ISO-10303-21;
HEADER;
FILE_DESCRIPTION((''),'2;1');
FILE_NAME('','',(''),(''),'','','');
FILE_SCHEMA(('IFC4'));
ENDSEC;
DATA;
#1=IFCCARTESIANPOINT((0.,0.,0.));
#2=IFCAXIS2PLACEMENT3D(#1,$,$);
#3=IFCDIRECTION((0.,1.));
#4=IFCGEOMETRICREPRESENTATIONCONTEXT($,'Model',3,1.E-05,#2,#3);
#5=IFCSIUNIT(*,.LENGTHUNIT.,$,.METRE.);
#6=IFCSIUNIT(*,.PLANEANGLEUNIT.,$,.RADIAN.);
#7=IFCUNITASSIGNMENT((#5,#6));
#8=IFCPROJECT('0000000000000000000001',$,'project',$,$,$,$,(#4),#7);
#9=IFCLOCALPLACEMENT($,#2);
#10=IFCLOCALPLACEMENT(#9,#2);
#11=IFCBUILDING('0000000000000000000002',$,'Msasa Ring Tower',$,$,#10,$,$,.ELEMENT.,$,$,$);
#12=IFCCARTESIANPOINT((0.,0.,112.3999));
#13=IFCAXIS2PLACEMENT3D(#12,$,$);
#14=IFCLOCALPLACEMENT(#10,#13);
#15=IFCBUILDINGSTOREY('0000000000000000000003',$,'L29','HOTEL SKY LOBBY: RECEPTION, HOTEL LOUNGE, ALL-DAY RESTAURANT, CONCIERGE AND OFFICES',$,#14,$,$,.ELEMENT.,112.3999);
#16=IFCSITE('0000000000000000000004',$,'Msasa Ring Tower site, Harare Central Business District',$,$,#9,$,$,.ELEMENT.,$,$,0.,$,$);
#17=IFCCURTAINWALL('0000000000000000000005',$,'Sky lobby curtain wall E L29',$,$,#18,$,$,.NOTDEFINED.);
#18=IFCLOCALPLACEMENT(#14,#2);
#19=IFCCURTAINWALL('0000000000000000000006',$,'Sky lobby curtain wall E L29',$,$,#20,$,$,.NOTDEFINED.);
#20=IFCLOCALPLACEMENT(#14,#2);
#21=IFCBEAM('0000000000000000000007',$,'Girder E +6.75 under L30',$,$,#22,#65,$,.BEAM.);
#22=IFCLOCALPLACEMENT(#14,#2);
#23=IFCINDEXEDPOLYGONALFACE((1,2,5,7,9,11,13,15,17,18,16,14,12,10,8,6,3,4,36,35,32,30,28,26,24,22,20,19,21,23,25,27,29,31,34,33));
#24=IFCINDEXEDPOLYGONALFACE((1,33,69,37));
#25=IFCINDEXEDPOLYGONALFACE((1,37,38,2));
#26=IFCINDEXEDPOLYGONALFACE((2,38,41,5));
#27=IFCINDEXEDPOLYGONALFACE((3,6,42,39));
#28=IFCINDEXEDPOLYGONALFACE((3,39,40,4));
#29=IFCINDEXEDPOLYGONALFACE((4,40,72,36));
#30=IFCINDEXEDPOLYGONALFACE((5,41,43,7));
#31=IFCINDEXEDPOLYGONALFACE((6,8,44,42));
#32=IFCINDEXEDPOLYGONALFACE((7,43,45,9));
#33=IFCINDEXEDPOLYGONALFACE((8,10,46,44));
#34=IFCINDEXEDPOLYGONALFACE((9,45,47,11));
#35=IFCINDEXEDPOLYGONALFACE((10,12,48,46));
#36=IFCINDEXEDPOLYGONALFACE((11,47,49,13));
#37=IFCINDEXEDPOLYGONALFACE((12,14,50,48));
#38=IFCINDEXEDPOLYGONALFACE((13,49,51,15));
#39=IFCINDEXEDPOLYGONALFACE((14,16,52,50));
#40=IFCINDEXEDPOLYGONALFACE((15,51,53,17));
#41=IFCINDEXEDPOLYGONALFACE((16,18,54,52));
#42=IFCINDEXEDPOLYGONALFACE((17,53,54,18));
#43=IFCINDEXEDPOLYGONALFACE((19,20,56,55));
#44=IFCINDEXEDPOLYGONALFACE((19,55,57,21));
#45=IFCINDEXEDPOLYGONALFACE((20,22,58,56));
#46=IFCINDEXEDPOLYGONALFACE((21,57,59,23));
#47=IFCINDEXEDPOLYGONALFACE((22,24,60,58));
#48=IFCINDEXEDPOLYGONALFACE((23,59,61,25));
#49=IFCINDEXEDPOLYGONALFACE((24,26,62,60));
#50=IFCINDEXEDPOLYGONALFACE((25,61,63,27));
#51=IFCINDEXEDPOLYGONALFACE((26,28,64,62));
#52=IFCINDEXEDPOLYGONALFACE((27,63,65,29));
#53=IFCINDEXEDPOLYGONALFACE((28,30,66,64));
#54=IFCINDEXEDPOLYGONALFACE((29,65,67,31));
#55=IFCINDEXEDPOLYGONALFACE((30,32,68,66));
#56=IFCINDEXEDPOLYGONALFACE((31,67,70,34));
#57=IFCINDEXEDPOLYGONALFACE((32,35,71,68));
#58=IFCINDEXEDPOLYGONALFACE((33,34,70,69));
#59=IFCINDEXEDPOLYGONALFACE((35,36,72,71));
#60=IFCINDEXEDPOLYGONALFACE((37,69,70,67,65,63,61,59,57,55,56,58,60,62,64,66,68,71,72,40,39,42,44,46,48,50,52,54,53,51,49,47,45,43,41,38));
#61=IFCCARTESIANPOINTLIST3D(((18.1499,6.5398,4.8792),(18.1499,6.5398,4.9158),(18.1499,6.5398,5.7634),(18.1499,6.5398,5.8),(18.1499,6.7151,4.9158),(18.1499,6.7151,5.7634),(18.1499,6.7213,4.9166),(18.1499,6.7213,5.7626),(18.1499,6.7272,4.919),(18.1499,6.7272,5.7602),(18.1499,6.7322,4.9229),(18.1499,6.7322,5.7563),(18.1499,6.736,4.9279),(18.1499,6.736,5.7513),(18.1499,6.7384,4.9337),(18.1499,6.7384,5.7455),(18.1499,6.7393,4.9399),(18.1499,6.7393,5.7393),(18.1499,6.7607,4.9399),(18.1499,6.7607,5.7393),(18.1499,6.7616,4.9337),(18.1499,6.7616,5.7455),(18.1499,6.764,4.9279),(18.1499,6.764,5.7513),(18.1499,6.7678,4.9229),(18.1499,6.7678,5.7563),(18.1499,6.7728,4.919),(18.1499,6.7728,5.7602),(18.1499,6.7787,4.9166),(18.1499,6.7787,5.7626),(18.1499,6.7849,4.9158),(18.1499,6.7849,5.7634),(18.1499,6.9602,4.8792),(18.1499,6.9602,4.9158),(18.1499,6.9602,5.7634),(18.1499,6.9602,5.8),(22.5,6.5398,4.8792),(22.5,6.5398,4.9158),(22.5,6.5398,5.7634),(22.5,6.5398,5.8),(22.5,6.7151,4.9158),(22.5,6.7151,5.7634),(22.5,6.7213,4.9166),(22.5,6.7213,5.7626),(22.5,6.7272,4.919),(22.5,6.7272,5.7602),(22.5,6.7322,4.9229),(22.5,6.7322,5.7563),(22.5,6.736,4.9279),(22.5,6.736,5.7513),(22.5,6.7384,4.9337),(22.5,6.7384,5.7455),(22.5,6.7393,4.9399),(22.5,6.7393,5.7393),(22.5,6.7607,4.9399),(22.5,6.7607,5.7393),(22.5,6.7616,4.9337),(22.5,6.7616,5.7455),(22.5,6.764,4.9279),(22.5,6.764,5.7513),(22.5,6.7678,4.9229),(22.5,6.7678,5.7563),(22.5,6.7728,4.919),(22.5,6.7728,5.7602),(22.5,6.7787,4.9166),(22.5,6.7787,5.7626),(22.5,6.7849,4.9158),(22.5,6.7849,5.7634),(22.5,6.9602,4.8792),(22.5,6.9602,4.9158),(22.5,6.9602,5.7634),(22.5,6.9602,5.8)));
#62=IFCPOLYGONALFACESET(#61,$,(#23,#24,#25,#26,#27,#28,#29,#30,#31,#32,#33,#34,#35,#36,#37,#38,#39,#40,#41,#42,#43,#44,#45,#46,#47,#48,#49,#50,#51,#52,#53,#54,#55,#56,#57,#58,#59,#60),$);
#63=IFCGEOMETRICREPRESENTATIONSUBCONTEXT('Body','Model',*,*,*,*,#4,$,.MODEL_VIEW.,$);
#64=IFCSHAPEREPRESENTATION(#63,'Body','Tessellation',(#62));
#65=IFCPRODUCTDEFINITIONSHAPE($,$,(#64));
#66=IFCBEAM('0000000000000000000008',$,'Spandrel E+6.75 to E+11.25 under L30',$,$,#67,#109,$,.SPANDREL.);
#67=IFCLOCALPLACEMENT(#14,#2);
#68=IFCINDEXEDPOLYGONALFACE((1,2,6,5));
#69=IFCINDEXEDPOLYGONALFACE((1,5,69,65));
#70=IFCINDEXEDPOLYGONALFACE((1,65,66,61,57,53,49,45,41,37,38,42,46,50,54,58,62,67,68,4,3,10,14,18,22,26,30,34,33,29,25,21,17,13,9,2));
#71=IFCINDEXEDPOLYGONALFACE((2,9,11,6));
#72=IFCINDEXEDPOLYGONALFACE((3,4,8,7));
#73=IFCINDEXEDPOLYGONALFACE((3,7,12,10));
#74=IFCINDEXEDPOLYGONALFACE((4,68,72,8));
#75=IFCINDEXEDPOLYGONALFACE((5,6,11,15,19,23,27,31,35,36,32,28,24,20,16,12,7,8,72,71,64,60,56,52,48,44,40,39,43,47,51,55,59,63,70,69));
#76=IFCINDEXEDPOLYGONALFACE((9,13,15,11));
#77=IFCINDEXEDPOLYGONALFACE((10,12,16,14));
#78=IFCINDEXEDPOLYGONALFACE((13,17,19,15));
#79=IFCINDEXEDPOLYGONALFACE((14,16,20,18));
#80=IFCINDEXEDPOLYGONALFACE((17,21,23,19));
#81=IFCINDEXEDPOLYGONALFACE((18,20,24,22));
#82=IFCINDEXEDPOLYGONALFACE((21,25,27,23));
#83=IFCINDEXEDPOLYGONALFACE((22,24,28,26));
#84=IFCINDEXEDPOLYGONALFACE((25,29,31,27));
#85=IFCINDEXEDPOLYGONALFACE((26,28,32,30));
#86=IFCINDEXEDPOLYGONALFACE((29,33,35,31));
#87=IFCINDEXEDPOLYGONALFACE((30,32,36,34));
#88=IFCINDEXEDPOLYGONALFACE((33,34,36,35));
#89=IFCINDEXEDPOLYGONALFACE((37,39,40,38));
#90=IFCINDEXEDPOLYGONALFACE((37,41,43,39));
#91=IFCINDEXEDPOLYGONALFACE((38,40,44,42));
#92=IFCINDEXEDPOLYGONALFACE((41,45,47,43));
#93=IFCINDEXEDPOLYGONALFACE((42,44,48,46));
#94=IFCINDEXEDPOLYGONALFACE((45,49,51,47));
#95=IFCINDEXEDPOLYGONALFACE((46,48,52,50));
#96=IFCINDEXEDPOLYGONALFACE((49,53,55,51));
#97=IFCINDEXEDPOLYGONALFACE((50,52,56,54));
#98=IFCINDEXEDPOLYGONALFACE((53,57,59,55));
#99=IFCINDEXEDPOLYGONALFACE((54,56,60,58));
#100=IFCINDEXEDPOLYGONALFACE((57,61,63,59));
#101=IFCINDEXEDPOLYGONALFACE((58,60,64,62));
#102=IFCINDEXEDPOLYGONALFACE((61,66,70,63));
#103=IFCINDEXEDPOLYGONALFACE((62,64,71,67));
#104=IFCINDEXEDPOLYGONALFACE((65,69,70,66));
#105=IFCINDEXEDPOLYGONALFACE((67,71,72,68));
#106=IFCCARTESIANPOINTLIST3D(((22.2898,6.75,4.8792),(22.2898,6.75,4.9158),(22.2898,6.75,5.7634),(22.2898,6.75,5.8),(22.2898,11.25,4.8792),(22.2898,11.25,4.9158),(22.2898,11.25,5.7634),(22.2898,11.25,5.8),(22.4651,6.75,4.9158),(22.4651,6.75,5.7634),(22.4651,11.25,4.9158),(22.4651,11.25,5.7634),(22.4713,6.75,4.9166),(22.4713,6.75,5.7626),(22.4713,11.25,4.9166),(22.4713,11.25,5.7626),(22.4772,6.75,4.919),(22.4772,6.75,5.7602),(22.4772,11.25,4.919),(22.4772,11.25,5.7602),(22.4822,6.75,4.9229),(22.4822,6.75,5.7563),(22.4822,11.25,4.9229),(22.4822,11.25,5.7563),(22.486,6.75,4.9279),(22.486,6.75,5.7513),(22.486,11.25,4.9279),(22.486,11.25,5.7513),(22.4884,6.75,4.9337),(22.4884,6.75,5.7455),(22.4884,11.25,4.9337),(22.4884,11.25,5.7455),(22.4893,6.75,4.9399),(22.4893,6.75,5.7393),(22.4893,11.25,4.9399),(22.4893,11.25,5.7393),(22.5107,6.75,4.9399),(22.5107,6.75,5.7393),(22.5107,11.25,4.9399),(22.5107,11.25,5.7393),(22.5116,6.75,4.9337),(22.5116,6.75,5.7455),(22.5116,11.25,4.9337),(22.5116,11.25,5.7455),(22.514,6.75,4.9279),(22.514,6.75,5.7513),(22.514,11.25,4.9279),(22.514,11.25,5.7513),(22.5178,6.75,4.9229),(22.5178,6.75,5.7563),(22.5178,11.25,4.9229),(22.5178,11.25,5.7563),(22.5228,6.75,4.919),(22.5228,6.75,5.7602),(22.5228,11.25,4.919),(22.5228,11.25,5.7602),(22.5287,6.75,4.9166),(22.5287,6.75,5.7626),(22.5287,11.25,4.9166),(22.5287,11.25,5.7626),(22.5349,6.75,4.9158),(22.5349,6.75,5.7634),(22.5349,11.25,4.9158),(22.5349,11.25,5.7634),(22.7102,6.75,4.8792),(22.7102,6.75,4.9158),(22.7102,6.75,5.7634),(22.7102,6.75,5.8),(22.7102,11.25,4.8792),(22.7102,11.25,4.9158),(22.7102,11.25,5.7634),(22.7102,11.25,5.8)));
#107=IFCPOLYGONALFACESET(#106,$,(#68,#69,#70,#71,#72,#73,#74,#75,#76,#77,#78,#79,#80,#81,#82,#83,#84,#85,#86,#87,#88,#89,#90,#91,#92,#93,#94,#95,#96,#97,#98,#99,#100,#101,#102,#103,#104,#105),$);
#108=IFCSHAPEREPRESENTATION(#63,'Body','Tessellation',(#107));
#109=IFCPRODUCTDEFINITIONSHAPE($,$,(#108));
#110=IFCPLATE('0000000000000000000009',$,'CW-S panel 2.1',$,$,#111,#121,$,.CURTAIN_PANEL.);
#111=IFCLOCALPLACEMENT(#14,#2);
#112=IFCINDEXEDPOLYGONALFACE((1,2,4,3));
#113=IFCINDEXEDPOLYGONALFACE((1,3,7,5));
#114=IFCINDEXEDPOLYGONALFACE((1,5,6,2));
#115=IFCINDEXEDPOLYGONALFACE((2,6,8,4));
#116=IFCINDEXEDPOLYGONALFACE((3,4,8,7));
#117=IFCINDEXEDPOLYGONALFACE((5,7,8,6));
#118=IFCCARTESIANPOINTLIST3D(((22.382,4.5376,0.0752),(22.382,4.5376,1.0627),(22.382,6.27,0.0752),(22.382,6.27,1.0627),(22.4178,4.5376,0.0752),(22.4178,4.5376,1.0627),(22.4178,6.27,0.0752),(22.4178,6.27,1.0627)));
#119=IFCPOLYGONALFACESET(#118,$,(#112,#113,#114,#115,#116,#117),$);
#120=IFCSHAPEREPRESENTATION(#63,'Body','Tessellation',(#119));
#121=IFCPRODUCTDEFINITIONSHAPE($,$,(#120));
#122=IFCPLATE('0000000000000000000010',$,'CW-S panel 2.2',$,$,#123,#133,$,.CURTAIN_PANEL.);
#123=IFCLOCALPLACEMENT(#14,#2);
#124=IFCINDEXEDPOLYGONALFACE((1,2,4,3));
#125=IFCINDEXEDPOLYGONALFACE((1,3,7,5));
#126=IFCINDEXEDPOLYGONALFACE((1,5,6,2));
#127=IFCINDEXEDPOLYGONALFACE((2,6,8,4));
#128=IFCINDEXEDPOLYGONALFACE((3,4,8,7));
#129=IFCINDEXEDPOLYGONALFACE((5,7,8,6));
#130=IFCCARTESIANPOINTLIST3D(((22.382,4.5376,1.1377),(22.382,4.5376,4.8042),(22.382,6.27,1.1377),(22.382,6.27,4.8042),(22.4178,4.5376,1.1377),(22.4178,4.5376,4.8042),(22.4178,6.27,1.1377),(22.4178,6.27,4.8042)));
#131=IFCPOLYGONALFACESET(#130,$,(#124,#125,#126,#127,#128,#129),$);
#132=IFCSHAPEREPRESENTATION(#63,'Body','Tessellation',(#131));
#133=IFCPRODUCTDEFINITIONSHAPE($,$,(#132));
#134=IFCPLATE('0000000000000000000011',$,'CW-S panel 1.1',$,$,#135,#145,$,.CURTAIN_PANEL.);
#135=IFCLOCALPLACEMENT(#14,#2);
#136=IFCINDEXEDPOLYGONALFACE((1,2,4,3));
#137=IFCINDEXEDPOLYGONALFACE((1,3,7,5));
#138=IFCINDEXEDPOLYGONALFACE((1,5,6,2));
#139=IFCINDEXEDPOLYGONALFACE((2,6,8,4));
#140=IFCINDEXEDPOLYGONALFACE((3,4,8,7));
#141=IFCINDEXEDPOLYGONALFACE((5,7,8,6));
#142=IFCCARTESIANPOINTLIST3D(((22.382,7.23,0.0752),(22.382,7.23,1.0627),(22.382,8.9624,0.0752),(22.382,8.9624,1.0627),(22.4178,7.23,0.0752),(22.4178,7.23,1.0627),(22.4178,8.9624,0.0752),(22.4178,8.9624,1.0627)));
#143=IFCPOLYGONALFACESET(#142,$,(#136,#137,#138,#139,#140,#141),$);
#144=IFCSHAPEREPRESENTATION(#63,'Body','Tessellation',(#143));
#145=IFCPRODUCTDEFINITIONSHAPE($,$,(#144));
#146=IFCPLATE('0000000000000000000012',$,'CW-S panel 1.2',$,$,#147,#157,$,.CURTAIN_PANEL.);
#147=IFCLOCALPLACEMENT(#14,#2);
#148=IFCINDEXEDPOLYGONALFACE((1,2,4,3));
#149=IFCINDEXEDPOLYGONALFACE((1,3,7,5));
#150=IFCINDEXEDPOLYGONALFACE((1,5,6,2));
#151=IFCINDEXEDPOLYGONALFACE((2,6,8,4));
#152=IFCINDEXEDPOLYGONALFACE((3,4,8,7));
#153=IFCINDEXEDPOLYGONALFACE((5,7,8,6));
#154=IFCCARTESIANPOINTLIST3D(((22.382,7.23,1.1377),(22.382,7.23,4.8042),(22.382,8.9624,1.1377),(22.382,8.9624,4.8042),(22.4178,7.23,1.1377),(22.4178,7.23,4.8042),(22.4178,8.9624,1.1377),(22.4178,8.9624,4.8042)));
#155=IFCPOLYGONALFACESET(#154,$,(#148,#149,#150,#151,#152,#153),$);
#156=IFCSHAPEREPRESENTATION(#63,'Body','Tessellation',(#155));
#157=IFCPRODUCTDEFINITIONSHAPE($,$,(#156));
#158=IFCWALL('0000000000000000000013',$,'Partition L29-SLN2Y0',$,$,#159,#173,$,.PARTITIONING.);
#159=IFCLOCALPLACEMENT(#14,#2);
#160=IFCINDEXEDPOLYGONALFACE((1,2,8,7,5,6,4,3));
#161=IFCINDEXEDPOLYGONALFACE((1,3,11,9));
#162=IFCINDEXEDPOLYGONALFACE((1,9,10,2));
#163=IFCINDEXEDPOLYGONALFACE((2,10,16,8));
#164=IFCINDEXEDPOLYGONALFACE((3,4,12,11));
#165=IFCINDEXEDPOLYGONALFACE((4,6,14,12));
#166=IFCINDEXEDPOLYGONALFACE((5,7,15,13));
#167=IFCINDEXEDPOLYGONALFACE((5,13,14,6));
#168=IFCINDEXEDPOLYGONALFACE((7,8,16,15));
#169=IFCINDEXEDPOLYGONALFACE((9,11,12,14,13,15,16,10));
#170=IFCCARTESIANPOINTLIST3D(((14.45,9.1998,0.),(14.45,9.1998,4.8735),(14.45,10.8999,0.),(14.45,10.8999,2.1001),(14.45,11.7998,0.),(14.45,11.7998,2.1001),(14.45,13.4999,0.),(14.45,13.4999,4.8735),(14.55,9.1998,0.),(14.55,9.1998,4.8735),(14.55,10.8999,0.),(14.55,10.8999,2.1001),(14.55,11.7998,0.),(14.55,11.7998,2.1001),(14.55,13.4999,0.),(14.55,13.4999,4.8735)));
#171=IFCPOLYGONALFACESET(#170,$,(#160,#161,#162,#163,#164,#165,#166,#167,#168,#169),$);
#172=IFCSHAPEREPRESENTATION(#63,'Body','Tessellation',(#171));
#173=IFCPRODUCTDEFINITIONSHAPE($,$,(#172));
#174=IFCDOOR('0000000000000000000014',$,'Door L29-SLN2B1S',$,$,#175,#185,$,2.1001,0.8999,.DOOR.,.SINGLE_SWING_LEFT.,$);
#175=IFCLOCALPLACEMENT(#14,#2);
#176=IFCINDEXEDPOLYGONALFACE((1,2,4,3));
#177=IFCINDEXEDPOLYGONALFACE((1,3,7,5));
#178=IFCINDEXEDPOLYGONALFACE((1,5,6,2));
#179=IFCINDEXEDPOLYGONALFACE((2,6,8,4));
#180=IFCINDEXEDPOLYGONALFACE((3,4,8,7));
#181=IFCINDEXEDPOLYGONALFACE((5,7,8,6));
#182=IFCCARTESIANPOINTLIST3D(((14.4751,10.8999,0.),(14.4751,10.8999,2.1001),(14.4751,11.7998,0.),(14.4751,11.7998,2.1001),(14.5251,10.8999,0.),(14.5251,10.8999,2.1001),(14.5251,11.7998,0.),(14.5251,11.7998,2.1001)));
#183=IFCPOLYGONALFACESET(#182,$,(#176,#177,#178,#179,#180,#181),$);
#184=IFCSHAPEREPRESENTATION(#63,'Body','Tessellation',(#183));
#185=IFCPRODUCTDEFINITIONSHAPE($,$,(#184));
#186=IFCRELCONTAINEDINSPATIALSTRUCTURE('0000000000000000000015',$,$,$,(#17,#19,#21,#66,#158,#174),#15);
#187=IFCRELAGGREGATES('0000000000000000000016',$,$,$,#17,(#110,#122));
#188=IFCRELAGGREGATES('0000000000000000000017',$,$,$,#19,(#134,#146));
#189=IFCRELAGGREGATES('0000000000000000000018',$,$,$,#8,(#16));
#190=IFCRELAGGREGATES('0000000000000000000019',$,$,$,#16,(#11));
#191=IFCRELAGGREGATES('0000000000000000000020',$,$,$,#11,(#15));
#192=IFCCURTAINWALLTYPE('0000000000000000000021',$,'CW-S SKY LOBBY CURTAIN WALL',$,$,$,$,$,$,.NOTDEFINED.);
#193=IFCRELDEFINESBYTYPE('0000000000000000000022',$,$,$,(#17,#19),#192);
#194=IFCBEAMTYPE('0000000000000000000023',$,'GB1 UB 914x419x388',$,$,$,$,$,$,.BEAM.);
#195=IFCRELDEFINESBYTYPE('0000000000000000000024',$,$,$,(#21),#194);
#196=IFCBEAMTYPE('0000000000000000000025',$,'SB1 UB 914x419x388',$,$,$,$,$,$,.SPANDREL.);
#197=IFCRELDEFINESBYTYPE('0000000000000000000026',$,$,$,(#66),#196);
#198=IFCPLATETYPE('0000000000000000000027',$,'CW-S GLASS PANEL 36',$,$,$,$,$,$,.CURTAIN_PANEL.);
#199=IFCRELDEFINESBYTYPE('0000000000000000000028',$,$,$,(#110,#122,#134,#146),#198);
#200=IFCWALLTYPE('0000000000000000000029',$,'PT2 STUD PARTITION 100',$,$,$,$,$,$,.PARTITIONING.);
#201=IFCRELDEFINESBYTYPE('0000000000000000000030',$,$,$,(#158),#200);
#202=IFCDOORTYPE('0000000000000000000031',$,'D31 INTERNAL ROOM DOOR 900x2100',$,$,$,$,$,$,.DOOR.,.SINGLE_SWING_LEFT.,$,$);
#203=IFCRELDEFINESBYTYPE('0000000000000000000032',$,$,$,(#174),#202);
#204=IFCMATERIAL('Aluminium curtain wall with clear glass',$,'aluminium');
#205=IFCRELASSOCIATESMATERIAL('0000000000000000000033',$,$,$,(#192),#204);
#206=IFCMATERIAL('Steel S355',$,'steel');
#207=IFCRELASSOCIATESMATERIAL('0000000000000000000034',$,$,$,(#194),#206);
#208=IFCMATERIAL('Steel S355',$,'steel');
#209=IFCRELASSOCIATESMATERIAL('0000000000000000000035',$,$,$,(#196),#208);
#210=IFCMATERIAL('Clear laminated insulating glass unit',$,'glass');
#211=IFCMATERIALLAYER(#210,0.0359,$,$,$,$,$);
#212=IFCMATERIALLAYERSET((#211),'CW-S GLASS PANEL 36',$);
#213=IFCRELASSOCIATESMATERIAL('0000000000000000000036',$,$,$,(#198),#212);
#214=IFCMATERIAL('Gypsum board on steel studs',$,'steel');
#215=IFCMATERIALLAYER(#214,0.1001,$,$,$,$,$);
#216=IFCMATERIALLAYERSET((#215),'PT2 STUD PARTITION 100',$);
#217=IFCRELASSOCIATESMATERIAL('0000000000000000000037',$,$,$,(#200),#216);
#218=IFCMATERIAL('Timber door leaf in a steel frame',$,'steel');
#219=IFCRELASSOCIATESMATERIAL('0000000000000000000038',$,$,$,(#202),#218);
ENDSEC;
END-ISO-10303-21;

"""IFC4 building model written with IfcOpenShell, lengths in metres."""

from ifc_helpers import new_model, si_unit, direction, frame, frame_2d, origin, origin_2d, place, context, subcontext, project, spatial, rectangle, i_section, extrude, material, layer, layer_set, material_profile, profile_set, type_object, element, fill, aggregate, save


model = new_model("IFC4")

# Units and contexts
model_context = context("Model", 3, precision=1e-05, world=origin(), true_north=direction((0.0, 1.0)))
body_context = subcontext(model_context, "Body", "Model", "MODEL_VIEW")
ifc_project = project(units=[si_unit("LENGTHUNIT", "METRE"), si_unit("PLANEANGLEUNIT", "RADIAN")], contexts=[model_context])

# Site, building, storey
site_placement = place(None, origin())
site = spatial("IfcSite", under=ifc_project, at=site_placement, Name="Msasa Ring Tower site, Harare Central Business District", CompositionType="ELEMENT", RefElevation=0.0)
building_placement = place(site_placement, origin())
building = spatial("IfcBuilding", under=site, at=building_placement, Name="Msasa Ring Tower", CompositionType="ELEMENT")
storey_placement = place(building_placement, frame((0.0, 0.0, 112.3999)))
storey = spatial("IfcBuildingStorey", under=building, at=storey_placement, Name="L29", Description="HOTEL SKY LOBBY: RECEPTION, HOTEL LOUNGE, ALL-DAY RESTAURANT, CONCIERGE AND OFFICES", CompositionType="ELEMENT", Elevation=112.3999)

# Curtain walls
ifc_material_1 = material(Name="Aluminium curtain wall with clear glass", Category="aluminium")
curtain_wall_type = type_object("IfcCurtainWallType", Name="CW-S SKY LOBBY CURTAIN WALL", PredefinedType="NOTDEFINED", material=ifc_material_1)
curtain_wall_1_placement = place(storey_placement, origin())
curtain_wall_1 = element("IfcCurtainWall", 1, at=curtain_wall_1_placement, inside=storey, type_object=curtain_wall_type, Name="Sky lobby curtain wall E L29", PredefinedType="NOTDEFINED")
curtain_wall_2_placement = place(storey_placement, origin())
curtain_wall_2 = element("IfcCurtainWall", 2, at=curtain_wall_2_placement, inside=storey, type_object=curtain_wall_type, Name="Sky lobby curtain wall E L29", PredefinedType="NOTDEFINED")

# Beams
ifc_material_2 = material(Name="Steel S355", Category="steel")
ifc_material_profile_1 = material_profile(ifc_material_2, i_section(OverallWidth=0.4204, OverallDepth=0.9209, WebThickness=0.0215, FlangeThickness=0.0366, FilletRadius=0.0242, at=origin_2d()), Name="UB 914x419x388")
ifc_profile_set_1 = profile_set([ifc_material_profile_1], Name="Steel S355")
beam_type_1 = type_object("IfcBeamType", Name="GB1 UB 914x419x388", PredefinedType="BEAM", material=ifc_profile_set_1)
beam_1_placement = place(storey_placement, frame((18.1499, 6.75, 5.3396), z_axis=(1.0, 0.0, 0.0), x_axis=(0.0, 1.0, 0.0)))
element("IfcBeam", 3, at=beam_1_placement, inside=storey, type_object=beam_type_1, Name="Girder E +6.75 under L30", PredefinedType="BEAM", context=body_context, shape_type="SweptSolid", body=[
    extrude(i_section(OverallWidth=0.4204, OverallDepth=0.9209, WebThickness=0.0215, FlangeThickness=0.0366, FilletRadius=0.0242, at=origin_2d()), origin(), (0.0, 0.0, 1.0), 4.3501),
])
ifc_material_3 = material(Name="Steel S355", Category="steel")
ifc_material_profile_2 = material_profile(ifc_material_3, i_section(OverallWidth=0.4204, OverallDepth=0.9209, WebThickness=0.0215, FlangeThickness=0.0366, FilletRadius=0.0242, at=origin_2d()), Name="UB 914x419x388")
ifc_profile_set_2 = profile_set([ifc_material_profile_2], Name="Steel S355")
beam_type_2 = type_object("IfcBeamType", Name="SB1 UB 914x419x388", PredefinedType="SPANDREL", material=ifc_profile_set_2)
beam_2_placement = place(storey_placement, frame((22.5, 6.75, 5.3396), z_axis=(0.0, 1.0, 0.0), x_axis=(-1.0, 0.0, 0.0)))
element("IfcBeam", 4, at=beam_2_placement, inside=storey, type_object=beam_type_2, Name="Spandrel E+6.75 to E+11.25 under L30", PredefinedType="SPANDREL", context=body_context, shape_type="SweptSolid", body=[
    extrude(i_section(OverallWidth=0.4204, OverallDepth=0.9209, WebThickness=0.0215, FlangeThickness=0.0366, FilletRadius=0.0242, at=origin_2d()), origin(), (0.0, 0.0, 1.0), 4.5),
])

# Plates
ifc_material_4 = material(Name="Clear laminated insulating glass unit", Category="glass")
ifc_layer_1 = layer(ifc_material_4, 0.0359)
ifc_layer_set_1 = layer_set([ifc_layer_1], Name="CW-S GLASS PANEL 36")
plate_type = type_object("IfcPlateType", Name="CW-S GLASS PANEL 36", PredefinedType="CURTAIN_PANEL", material=ifc_layer_set_1)
plate_1_placement = place(storey_placement, frame((22.3999, 5.4038, 0.0752), z_axis=(0.0, 0.0, 1.0), x_axis=(0.0, 1.0, 0.0)))
plate_1 = element("IfcPlate", 5, at=plate_1_placement, type_object=plate_type, Name="CW-S panel 2.1", PredefinedType="CURTAIN_PANEL", context=body_context, shape_type="SweptSolid", body=[
    extrude(rectangle(XDim=1.7324, YDim=0.0359, at=origin_2d()), origin(), (0.0, 0.0, 1.0), 0.9875),
])
plate_2_placement = place(storey_placement, frame((22.3999, 5.4038, 1.1377), z_axis=(0.0, 0.0, 1.0), x_axis=(0.0, 1.0, 0.0)))
plate_2 = element("IfcPlate", 6, at=plate_2_placement, type_object=plate_type, Name="CW-S panel 2.2", PredefinedType="CURTAIN_PANEL", context=body_context, shape_type="SweptSolid", body=[
    extrude(rectangle(XDim=1.7324, YDim=0.0359, at=origin_2d()), origin(), (0.0, 0.0, 1.0), 3.6665),
])
aggregate(curtain_wall_1, [plate_1, plate_2])
plate_3_placement = place(storey_placement, frame((22.3999, 8.0962, 0.0752), z_axis=(0.0, 0.0, 1.0), x_axis=(0.0, 1.0, 0.0)))
plate_3 = element("IfcPlate", 7, at=plate_3_placement, type_object=plate_type, Name="CW-S panel 1.1", PredefinedType="CURTAIN_PANEL", context=body_context, shape_type="SweptSolid", body=[
    extrude(rectangle(XDim=1.7324, YDim=0.0359, at=origin_2d()), origin(), (0.0, 0.0, 1.0), 0.9875),
])
plate_4_placement = place(storey_placement, frame((22.3999, 8.0962, 1.1377), z_axis=(0.0, 0.0, 1.0), x_axis=(0.0, 1.0, 0.0)))
plate_4 = element("IfcPlate", 8, at=plate_4_placement, type_object=plate_type, Name="CW-S panel 1.2", PredefinedType="CURTAIN_PANEL", context=body_context, shape_type="SweptSolid", body=[
    extrude(rectangle(XDim=1.7324, YDim=0.0359, at=origin_2d()), origin(), (0.0, 0.0, 1.0), 3.6665),
])
aggregate(curtain_wall_2, [plate_3, plate_4])

# Wall, opening, door
ifc_material_5 = material(Name="Gypsum board on steel studs", Category="steel")
ifc_layer_2 = layer(ifc_material_5, 0.1001)
ifc_layer_set_2 = layer_set([ifc_layer_2], Name="PT2 STUD PARTITION 100")
wall_type = type_object("IfcWallType", Name="PT2 STUD PARTITION 100", PredefinedType="PARTITIONING", material=ifc_layer_set_2)
wall_1_placement = place(storey_placement, frame((14.5, 9.2, 0.0), z_axis=(0.0, 0.0, 1.0), x_axis=(0.0, 1.0, 0.0)))
wall_1 = element("IfcWall", 9, at=wall_1_placement, inside=storey, type_object=wall_type, Name="Partition L29-SLN2Y0", PredefinedType="PARTITIONING", context=body_context, shape_type="SweptSolid", body=[
    extrude(rectangle(XDim=4.3, YDim=0.1001, at=frame_2d((2.1499, 0.0))), origin(), (0.0, 0.0, 1.0), 4.8735),
])
opening_placement = place(wall_1_placement, frame((1.7, 0.0, 0.0)))
opening = element("IfcOpeningElement", 10, at=opening_placement, cuts=wall_1, PredefinedType="OPENING", context=body_context, shape_type="SweptSolid", body=[
    extrude(rectangle(XDim=0.8999, YDim=2.1001, at=frame_2d((0.45, 1.05))), frame((0.0, 0.0601, 0.0), z_axis=(0.0, -1.0, 0.0), x_axis=(1.0, 0.0, 0.0)), (0.0, 0.0, 1.0), 0.1201),
])
ifc_material_6 = material(Name="Timber door leaf in a steel frame", Category="steel")
door_type = type_object("IfcDoorType", Name="D31 INTERNAL ROOM DOOR 900x2100", OperationType="SINGLE_SWING_LEFT", PredefinedType="DOOR", material=ifc_material_6)
door_placement = place(opening_placement, origin())
door = element("IfcDoor", 11, at=door_placement, inside=storey, type_object=door_type, Name="Door L29-SLN2B1S", OperationType="SINGLE_SWING_LEFT", OverallHeight=2.1001, OverallWidth=0.8999, PredefinedType="DOOR", context=body_context, shape_type="SweptSolid", body=[
    extrude(rectangle(XDim=0.8999, YDim=2.1001, at=frame_2d((0.45, 1.05))), frame((0.0, 0.0249, 0.0), z_axis=(0.0, -1.0, 0.0), x_axis=(1.0, 0.0, 0.0)), (0.0, 0.0, 1.0), 0.05),
])
fill(opening, door)

save(model, "model.ifc")
